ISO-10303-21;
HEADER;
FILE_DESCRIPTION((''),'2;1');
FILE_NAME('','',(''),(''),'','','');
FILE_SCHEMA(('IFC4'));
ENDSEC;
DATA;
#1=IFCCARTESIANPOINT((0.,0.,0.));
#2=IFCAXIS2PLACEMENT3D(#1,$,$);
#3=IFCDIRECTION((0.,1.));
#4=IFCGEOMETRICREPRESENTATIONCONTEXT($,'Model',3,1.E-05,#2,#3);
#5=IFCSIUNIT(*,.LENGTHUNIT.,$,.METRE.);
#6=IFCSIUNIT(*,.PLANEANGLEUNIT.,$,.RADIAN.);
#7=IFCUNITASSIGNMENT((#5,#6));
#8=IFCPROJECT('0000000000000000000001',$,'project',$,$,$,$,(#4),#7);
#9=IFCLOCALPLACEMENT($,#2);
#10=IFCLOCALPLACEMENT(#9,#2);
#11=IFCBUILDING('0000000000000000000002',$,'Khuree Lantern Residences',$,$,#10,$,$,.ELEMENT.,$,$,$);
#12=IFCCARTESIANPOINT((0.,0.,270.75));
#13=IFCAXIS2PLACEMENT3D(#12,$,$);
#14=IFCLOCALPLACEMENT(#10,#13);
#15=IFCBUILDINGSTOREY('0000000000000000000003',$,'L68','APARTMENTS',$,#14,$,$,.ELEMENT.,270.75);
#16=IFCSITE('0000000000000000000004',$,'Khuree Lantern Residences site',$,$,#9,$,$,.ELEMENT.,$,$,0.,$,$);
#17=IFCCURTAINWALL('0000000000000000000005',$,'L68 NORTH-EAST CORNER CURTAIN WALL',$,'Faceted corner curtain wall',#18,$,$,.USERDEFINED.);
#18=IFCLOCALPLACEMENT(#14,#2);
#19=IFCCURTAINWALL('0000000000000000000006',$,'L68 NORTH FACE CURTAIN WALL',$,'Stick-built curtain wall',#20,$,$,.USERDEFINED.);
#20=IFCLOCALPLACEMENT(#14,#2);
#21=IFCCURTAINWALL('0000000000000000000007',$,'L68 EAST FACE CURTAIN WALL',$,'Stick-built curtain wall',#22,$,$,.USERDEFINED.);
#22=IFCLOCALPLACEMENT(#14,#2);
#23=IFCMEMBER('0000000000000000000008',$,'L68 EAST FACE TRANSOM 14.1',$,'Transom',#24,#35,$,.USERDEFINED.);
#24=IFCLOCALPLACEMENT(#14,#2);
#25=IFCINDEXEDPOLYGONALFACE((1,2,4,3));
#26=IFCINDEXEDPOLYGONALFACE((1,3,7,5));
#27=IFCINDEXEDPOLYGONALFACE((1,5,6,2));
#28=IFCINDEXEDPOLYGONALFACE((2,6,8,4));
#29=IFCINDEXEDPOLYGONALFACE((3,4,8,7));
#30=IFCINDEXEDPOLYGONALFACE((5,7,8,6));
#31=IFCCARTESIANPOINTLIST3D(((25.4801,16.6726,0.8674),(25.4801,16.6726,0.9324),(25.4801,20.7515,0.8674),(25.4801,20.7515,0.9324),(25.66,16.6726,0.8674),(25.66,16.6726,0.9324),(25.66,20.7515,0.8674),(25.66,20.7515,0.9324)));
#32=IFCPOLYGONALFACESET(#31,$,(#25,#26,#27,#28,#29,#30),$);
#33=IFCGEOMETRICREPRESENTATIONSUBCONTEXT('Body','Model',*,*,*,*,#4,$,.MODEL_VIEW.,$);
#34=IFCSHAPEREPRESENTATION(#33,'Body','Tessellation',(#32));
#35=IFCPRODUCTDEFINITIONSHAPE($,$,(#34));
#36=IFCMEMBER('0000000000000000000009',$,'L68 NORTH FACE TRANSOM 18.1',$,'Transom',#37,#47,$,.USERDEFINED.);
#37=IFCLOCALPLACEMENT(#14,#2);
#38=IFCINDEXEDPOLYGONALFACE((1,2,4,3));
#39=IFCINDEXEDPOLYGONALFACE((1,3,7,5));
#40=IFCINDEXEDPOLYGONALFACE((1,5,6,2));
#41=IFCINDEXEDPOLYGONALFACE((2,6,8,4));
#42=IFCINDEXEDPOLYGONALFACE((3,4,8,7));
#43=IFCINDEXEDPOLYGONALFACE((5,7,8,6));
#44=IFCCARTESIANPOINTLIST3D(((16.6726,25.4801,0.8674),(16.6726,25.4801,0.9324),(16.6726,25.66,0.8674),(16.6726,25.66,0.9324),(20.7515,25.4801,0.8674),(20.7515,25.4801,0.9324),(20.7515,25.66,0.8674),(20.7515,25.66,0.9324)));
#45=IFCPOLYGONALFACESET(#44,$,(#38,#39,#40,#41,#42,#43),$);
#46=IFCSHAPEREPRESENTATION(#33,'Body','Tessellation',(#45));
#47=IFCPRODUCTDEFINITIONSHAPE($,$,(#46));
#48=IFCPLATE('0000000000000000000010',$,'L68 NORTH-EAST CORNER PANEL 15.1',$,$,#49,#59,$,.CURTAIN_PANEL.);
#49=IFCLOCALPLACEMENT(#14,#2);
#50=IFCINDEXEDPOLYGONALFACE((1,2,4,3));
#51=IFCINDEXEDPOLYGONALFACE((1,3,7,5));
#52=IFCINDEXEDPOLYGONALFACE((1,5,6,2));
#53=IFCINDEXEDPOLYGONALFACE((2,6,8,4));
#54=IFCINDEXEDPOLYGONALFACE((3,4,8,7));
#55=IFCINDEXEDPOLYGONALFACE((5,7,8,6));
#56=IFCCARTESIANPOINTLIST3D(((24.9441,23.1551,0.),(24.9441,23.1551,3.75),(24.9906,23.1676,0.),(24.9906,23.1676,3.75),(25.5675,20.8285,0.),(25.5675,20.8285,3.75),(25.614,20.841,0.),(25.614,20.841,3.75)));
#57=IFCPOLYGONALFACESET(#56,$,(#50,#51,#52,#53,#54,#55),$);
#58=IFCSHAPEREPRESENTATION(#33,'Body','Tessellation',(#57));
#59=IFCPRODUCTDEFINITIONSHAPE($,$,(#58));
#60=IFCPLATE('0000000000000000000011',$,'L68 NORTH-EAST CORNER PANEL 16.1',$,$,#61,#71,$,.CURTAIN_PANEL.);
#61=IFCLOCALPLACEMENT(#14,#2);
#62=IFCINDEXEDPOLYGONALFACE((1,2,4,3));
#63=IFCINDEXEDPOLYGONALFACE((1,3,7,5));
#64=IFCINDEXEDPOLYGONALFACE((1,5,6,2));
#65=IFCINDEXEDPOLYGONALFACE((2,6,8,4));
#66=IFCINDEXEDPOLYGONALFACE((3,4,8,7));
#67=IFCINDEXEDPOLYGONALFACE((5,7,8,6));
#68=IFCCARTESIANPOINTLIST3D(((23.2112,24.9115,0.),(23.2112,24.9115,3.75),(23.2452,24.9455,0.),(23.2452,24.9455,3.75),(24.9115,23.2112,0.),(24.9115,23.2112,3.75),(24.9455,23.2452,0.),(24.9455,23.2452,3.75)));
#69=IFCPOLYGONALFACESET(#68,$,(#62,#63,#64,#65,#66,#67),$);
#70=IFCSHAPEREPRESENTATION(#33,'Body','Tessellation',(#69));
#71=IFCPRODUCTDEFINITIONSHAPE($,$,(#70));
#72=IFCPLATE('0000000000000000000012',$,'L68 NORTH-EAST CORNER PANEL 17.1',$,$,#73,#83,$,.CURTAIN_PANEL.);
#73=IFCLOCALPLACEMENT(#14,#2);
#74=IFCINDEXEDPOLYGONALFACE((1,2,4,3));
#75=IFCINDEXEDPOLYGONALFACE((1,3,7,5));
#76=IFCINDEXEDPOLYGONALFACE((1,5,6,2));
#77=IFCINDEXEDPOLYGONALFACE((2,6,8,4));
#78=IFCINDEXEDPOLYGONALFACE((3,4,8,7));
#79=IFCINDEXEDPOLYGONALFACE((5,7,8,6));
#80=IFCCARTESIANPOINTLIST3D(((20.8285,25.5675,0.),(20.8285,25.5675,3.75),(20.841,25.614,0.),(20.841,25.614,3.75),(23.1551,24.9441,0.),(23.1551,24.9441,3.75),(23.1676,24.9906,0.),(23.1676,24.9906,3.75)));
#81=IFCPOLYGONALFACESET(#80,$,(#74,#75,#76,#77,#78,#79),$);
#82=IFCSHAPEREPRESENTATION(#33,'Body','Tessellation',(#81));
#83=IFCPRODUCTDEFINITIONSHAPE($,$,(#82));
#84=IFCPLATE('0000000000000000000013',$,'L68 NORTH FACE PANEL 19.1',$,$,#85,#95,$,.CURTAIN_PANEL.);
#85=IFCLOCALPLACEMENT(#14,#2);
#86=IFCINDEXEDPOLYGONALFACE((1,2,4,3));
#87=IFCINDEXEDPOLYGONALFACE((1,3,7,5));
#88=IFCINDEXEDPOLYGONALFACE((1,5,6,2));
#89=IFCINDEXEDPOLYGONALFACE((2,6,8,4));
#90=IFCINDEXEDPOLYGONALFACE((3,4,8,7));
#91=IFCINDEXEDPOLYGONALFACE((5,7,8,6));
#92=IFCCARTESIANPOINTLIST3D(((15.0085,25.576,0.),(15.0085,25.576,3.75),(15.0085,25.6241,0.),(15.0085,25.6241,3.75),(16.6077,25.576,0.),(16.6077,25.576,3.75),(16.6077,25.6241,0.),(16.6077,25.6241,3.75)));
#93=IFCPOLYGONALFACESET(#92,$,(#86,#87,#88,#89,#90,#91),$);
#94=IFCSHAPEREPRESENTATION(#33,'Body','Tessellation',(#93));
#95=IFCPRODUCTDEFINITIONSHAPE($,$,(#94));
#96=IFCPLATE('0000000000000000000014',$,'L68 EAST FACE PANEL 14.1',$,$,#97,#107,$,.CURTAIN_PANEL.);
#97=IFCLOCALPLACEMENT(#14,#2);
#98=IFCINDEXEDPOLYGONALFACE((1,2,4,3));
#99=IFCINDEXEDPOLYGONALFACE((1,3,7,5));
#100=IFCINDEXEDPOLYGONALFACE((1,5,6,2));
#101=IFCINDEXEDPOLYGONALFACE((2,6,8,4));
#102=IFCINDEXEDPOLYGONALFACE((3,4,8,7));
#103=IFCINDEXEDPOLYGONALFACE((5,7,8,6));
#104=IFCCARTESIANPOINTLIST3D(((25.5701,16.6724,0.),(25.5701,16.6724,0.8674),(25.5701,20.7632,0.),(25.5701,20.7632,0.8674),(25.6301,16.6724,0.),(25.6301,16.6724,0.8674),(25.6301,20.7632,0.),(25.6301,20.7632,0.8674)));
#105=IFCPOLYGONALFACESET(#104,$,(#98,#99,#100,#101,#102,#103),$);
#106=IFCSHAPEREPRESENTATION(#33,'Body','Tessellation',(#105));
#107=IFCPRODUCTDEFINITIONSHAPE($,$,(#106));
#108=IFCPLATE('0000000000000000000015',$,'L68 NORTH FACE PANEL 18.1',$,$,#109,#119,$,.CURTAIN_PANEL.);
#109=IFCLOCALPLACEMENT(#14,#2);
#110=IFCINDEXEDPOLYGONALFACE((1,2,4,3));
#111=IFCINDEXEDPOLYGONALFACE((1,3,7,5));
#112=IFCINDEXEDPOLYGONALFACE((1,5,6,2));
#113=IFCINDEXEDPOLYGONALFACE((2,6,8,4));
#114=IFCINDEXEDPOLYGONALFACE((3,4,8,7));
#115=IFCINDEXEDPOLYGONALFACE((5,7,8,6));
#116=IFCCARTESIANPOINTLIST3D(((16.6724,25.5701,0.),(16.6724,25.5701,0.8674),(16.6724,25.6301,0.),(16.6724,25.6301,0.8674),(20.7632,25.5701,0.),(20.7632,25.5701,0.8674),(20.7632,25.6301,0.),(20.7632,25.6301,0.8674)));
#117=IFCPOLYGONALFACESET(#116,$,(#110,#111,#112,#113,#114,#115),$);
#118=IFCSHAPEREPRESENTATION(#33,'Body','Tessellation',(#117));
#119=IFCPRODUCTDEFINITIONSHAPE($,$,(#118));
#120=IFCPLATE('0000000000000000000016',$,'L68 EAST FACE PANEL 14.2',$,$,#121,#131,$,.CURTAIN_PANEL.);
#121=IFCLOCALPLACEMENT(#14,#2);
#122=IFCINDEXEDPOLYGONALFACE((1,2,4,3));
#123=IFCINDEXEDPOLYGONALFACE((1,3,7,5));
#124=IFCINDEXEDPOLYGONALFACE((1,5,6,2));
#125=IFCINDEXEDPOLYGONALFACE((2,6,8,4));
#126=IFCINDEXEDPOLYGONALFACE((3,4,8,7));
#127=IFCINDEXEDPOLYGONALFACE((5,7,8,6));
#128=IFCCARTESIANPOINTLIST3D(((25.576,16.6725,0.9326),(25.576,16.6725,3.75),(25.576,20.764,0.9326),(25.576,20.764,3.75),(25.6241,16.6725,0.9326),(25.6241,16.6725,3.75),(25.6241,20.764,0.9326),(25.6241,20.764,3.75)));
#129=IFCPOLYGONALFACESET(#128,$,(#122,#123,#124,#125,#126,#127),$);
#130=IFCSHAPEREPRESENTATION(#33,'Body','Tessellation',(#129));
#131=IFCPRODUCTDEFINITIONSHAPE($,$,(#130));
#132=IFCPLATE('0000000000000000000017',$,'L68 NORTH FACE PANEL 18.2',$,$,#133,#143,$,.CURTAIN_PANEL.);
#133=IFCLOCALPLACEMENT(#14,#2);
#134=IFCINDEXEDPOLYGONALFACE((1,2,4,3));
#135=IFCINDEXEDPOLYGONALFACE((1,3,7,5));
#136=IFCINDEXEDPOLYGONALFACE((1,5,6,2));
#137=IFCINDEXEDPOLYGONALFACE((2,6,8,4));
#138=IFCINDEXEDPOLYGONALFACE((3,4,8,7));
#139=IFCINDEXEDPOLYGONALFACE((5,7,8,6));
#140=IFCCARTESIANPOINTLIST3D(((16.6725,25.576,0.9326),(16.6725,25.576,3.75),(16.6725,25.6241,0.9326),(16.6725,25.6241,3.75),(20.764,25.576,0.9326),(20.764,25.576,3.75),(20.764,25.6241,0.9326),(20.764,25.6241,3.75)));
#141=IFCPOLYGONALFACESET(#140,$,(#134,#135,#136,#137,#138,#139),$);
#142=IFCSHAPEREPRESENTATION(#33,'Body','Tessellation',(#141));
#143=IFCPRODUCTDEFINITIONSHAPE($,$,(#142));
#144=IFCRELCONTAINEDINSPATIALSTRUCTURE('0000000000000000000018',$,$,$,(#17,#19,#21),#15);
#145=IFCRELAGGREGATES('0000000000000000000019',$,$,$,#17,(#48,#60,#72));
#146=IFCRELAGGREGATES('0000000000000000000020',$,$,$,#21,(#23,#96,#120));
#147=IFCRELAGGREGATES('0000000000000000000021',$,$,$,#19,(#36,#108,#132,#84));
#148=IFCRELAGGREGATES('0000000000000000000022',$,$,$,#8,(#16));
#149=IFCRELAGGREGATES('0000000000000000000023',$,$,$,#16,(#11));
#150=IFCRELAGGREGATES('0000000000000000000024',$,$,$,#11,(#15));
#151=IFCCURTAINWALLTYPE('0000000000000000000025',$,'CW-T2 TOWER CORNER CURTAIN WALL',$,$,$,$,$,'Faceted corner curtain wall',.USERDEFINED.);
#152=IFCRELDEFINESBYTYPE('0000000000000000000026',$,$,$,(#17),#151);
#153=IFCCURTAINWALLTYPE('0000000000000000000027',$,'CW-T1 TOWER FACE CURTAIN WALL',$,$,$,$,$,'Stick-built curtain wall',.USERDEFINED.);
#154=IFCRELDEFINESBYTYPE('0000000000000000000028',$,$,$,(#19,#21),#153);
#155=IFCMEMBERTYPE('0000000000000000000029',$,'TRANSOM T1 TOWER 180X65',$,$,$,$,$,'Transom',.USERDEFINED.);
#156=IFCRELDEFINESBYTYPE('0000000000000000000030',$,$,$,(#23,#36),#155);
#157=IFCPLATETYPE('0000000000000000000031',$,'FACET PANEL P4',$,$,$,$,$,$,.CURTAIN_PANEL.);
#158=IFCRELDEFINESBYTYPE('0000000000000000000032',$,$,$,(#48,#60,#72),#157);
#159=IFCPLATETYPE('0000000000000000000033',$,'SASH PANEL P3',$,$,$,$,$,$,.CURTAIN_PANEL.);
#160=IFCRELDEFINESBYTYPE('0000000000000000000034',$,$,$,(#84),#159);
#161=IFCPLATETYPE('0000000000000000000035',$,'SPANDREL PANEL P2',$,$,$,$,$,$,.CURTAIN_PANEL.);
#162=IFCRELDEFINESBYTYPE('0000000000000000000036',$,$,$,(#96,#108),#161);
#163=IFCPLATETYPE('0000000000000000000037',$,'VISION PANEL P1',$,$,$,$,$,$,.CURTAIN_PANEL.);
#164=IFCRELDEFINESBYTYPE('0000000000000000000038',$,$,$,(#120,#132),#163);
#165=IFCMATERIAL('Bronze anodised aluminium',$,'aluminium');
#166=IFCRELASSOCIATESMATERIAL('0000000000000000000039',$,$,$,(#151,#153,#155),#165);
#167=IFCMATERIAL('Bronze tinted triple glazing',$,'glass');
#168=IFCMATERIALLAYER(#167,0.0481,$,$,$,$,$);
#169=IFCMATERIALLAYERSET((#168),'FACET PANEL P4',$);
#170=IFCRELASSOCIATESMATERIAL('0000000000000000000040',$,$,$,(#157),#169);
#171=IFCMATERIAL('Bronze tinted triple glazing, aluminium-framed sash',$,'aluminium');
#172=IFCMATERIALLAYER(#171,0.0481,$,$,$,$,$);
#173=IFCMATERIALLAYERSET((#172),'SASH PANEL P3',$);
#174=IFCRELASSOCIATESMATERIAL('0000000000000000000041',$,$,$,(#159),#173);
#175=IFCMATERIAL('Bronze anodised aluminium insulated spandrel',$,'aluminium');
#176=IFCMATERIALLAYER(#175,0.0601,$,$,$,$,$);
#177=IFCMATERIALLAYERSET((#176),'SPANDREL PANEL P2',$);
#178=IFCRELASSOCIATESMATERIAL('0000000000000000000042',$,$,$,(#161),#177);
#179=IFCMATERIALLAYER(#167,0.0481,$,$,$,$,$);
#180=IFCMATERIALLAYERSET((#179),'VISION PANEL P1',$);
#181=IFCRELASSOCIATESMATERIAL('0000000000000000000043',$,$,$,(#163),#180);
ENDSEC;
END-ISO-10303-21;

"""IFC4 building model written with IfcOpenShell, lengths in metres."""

from ifc_helpers import new_model, si_unit, direction, frame, origin, origin_2d, place, context, subcontext, project, spatial, rectangle, extrude, material, layer, layer_set, material_profile, profile_set, type_object, element, aggregate, save


model = new_model("IFC4")

# Units and contexts
model_context = context("Model", 3, precision=1e-05, world=origin(), true_north=direction((0.0, 1.0)))
body_context = subcontext(model_context, "Body", "Model", "MODEL_VIEW")
ifc_project = project(units=[si_unit("LENGTHUNIT", "METRE"), si_unit("PLANEANGLEUNIT", "RADIAN")], contexts=[model_context])

# Site, building, storey
site_placement = place(None, origin())
site = spatial("IfcSite", under=ifc_project, at=site_placement, Name="Khuree Lantern Residences site", CompositionType="ELEMENT", RefElevation=0.0)
building_placement = place(site_placement, origin())
building = spatial("IfcBuilding", under=site, at=building_placement, Name="Khuree Lantern Residences", CompositionType="ELEMENT")
storey_placement = place(building_placement, frame((0.0, 0.0, 270.75)))
storey = spatial("IfcBuildingStorey", under=building, at=storey_placement, Name="L68", Description="APARTMENTS", CompositionType="ELEMENT", Elevation=270.75)

# Curtain wall
ifc_material_1 = material(Name="Bronze anodised aluminium", Category="aluminium")
curtain_wall_type_1 = type_object("IfcCurtainWallType", Name="CW-T2 TOWER CORNER CURTAIN WALL", ElementType="Faceted corner curtain wall", PredefinedType="USERDEFINED", material=ifc_material_1)
curtain_wall_1_placement = place(storey_placement, origin())
curtain_wall_1 = element("IfcCurtainWall", 1, at=curtain_wall_1_placement, inside=storey, type_object=curtain_wall_type_1, Name="L68 NORTH-EAST CORNER CURTAIN WALL", ObjectType="Faceted corner curtain wall", PredefinedType="USERDEFINED")

# Curtain wall
curtain_wall_type_2 = type_object("IfcCurtainWallType", Name="CW-T1 TOWER FACE CURTAIN WALL", ElementType="Stick-built curtain wall", PredefinedType="USERDEFINED", material=ifc_material_1)
curtain_wall_2_placement = place(storey_placement, origin())
curtain_wall_2 = element("IfcCurtainWall", 2, at=curtain_wall_2_placement, inside=storey, type_object=curtain_wall_type_2, Name="L68 NORTH FACE CURTAIN WALL", ObjectType="Stick-built curtain wall", PredefinedType="USERDEFINED")

# Curtain wall, member
curtain_wall_3_placement = place(storey_placement, origin())
curtain_wall_3 = element("IfcCurtainWall", 3, at=curtain_wall_3_placement, inside=storey, type_object=curtain_wall_type_2, Name="L68 EAST FACE CURTAIN WALL", ObjectType="Stick-built curtain wall", PredefinedType="USERDEFINED")
ifc_material_profile_1 = material_profile(ifc_material_1, rectangle(XDim=0.1799, YDim=0.0649, at=origin_2d()), Name="T1 180X65")
ifc_profile_set_1 = profile_set([ifc_material_profile_1], Name="Bronze anodised aluminium")
member_type_1 = type_object("IfcMemberType", Name="TRANSOM T1 TOWER 180X65", ElementType="Transom", PredefinedType="USERDEFINED", material=ifc_profile_set_1)
member_1_placement = place(storey_placement, frame((25.5701, 16.6726, 0.8999), z_axis=(0.0, 1.0, 0.0), x_axis=(-1.0, 0.0, 0.0)))
member_1 = element("IfcMember", 4, at=member_1_placement, type_object=member_type_1, Name="L68 EAST FACE TRANSOM 14.1", ObjectType="Transom", PredefinedType="USERDEFINED", context=body_context, shape_type="SweptSolid", body=[
    extrude(rectangle(XDim=0.1799, YDim=0.0649, at=origin_2d()), origin(), (0.0, 0.0, 1.0), 4.0789),
])

# Member
member_2_placement = place(storey_placement, frame((20.7515, 25.5701, 0.8999), z_axis=(-1.0, 0.0, 0.0), x_axis=(0.0, -1.0, 0.0)))
member_2 = element("IfcMember", 5, at=member_2_placement, type_object=member_type_1, Name="L68 NORTH FACE TRANSOM 18.1", ObjectType="Transom", PredefinedType="USERDEFINED", context=body_context, shape_type="SweptSolid", body=[
    extrude(rectangle(XDim=0.1799, YDim=0.0649, at=origin_2d()), origin(), (0.0, 0.0, 1.0), 4.0789),
])

# Plates
ifc_material_2 = material(Name="Bronze tinted triple glazing", Category="glass")
ifc_layer_1 = layer(ifc_material_2, 0.0481)
ifc_layer_set_1 = layer_set([ifc_layer_1], Name="FACET PANEL P4")
plate_type_1 = type_object("IfcPlateType", Name="FACET PANEL P4", PredefinedType="CURTAIN_PANEL", material=ifc_layer_set_1)
plate_1_placement = place(storey_placement, frame((25.2791, 21.998, 0.0), z_axis=(0.0, 0.0, 1.0), x_axis=(-0.258819, 0.965926, 0.0)))
plate_1 = element("IfcPlate", 6, at=plate_1_placement, type_object=plate_type_1, Name="L68 NORTH-EAST CORNER PANEL 15.1", PredefinedType="CURTAIN_PANEL", context=body_context, shape_type="SweptSolid", body=[
    extrude(rectangle(XDim=2.4087, YDim=0.0481, at=origin_2d()), origin(), (0.0, 0.0, 1.0), 3.75),
])
plate_2_placement = place(storey_placement, frame((24.0784, 24.0784, 0.0), z_axis=(0.0, 0.0, 1.0), x_axis=(-0.707107, 0.707107, 0.0)))
plate_2 = element("IfcPlate", 7, at=plate_2_placement, type_object=plate_type_1, Name="L68 NORTH-EAST CORNER PANEL 16.1", PredefinedType="CURTAIN_PANEL", context=body_context, shape_type="SweptSolid", body=[
    extrude(rectangle(XDim=2.4045, YDim=0.0481, at=origin_2d()), origin(), (0.0, 0.0, 1.0), 3.75),
])
plate_3_placement = place(storey_placement, frame((21.998, 25.2791, 0.0), z_axis=(0.0, 0.0, 1.0), x_axis=(-0.965926, 0.258819, 0.0)))
plate_3 = element("IfcPlate", 8, at=plate_3_placement, type_object=plate_type_1, Name="L68 NORTH-EAST CORNER PANEL 17.1", PredefinedType="CURTAIN_PANEL", context=body_context, shape_type="SweptSolid", body=[
    extrude(rectangle(XDim=2.4087, YDim=0.0481, at=origin_2d()), origin(), (0.0, 0.0, 1.0), 3.75),
])
aggregate(curtain_wall_1, [plate_1, plate_2, plate_3])
ifc_material_3 = material(Name="Bronze tinted triple glazing, aluminium-framed sash", Category="aluminium")
ifc_layer_2 = layer(ifc_material_3, 0.0481)
ifc_layer_set_2 = layer_set([ifc_layer_2], Name="SASH PANEL P3")
plate_type_2 = type_object("IfcPlateType", Name="SASH PANEL P3", PredefinedType="CURTAIN_PANEL", material=ifc_layer_set_2)
plate_4_placement = place(storey_placement, frame((15.8081, 25.6001, 0.0), z_axis=(0.0, 0.0, 1.0), x_axis=(-1.0, 0.0, 0.0)))
plate_4 = element("IfcPlate", 9, at=plate_4_placement, type_object=plate_type_2, Name="L68 NORTH FACE PANEL 19.1", PredefinedType="CURTAIN_PANEL", context=body_context, shape_type="SweptSolid", body=[
    extrude(rectangle(XDim=1.5991, YDim=0.0481, at=origin_2d()), origin(), (0.0, 0.0, 1.0), 3.75),
])
ifc_material_4 = material(Name="Bronze anodised aluminium insulated spandrel", Category="aluminium")
ifc_layer_3 = layer(ifc_material_4, 0.0601)
ifc_layer_set_3 = layer_set([ifc_layer_3], Name="SPANDREL PANEL P2")
plate_type_3 = type_object("IfcPlateType", Name="SPANDREL PANEL P2", PredefinedType="CURTAIN_PANEL", material=ifc_layer_set_3)
plate_5_placement = place(storey_placement, frame((25.6001, 18.7178, 0.0), z_axis=(0.0, 0.0, 1.0), x_axis=(0.0, 1.0, 0.0)))
plate_5 = element("IfcPlate", 10, at=plate_5_placement, type_object=plate_type_3, Name="L68 EAST FACE PANEL 14.1", PredefinedType="CURTAIN_PANEL", context=body_context, shape_type="SweptSolid", body=[
    extrude(rectangle(XDim=4.0908, YDim=0.0601, at=origin_2d()), origin(), (0.0, 0.0, 1.0), 0.8674),
])
plate_6_placement = place(storey_placement, frame((18.7178, 25.6001, 0.0), z_axis=(0.0, 0.0, 1.0), x_axis=(-1.0, 0.0, 0.0)))
plate_6 = element("IfcPlate", 11, at=plate_6_placement, type_object=plate_type_3, Name="L68 NORTH FACE PANEL 18.1", PredefinedType="CURTAIN_PANEL", context=body_context, shape_type="SweptSolid", body=[
    extrude(rectangle(XDim=4.0908, YDim=0.0601, at=origin_2d()), origin(), (0.0, 0.0, 1.0), 0.8674),
])
ifc_layer_4 = layer(ifc_material_2, 0.0481)
ifc_layer_set_4 = layer_set([ifc_layer_4], Name="VISION PANEL P1")
plate_type_4 = type_object("IfcPlateType", Name="VISION PANEL P1", PredefinedType="CURTAIN_PANEL", material=ifc_layer_set_4)
plate_7_placement = place(storey_placement, frame((25.6001, 18.7183, 0.9326), z_axis=(0.0, 0.0, 1.0), x_axis=(0.0, 1.0, 0.0)))
plate_7 = element("IfcPlate", 12, at=plate_7_placement, type_object=plate_type_4, Name="L68 EAST FACE PANEL 14.2", PredefinedType="CURTAIN_PANEL", context=body_context, shape_type="SweptSolid", body=[
    extrude(rectangle(XDim=4.0916, YDim=0.0481, at=origin_2d()), origin(), (0.0, 0.0, 1.0), 2.8174),
])
aggregate(curtain_wall_3, [member_1, plate_5, plate_7])
plate_8_placement = place(storey_placement, frame((18.7183, 25.6001, 0.9326), z_axis=(0.0, 0.0, 1.0), x_axis=(-1.0, 0.0, 0.0)))
plate_8 = element("IfcPlate", 13, at=plate_8_placement, type_object=plate_type_4, Name="L68 NORTH FACE PANEL 18.2", PredefinedType="CURTAIN_PANEL", context=body_context, shape_type="SweptSolid", body=[
    extrude(rectangle(XDim=4.0916, YDim=0.0481, at=origin_2d()), origin(), (0.0, 0.0, 1.0), 2.8174),
])
aggregate(curtain_wall_2, [member_2, plate_6, plate_8, plate_4])

save(model, "model.ifc")
